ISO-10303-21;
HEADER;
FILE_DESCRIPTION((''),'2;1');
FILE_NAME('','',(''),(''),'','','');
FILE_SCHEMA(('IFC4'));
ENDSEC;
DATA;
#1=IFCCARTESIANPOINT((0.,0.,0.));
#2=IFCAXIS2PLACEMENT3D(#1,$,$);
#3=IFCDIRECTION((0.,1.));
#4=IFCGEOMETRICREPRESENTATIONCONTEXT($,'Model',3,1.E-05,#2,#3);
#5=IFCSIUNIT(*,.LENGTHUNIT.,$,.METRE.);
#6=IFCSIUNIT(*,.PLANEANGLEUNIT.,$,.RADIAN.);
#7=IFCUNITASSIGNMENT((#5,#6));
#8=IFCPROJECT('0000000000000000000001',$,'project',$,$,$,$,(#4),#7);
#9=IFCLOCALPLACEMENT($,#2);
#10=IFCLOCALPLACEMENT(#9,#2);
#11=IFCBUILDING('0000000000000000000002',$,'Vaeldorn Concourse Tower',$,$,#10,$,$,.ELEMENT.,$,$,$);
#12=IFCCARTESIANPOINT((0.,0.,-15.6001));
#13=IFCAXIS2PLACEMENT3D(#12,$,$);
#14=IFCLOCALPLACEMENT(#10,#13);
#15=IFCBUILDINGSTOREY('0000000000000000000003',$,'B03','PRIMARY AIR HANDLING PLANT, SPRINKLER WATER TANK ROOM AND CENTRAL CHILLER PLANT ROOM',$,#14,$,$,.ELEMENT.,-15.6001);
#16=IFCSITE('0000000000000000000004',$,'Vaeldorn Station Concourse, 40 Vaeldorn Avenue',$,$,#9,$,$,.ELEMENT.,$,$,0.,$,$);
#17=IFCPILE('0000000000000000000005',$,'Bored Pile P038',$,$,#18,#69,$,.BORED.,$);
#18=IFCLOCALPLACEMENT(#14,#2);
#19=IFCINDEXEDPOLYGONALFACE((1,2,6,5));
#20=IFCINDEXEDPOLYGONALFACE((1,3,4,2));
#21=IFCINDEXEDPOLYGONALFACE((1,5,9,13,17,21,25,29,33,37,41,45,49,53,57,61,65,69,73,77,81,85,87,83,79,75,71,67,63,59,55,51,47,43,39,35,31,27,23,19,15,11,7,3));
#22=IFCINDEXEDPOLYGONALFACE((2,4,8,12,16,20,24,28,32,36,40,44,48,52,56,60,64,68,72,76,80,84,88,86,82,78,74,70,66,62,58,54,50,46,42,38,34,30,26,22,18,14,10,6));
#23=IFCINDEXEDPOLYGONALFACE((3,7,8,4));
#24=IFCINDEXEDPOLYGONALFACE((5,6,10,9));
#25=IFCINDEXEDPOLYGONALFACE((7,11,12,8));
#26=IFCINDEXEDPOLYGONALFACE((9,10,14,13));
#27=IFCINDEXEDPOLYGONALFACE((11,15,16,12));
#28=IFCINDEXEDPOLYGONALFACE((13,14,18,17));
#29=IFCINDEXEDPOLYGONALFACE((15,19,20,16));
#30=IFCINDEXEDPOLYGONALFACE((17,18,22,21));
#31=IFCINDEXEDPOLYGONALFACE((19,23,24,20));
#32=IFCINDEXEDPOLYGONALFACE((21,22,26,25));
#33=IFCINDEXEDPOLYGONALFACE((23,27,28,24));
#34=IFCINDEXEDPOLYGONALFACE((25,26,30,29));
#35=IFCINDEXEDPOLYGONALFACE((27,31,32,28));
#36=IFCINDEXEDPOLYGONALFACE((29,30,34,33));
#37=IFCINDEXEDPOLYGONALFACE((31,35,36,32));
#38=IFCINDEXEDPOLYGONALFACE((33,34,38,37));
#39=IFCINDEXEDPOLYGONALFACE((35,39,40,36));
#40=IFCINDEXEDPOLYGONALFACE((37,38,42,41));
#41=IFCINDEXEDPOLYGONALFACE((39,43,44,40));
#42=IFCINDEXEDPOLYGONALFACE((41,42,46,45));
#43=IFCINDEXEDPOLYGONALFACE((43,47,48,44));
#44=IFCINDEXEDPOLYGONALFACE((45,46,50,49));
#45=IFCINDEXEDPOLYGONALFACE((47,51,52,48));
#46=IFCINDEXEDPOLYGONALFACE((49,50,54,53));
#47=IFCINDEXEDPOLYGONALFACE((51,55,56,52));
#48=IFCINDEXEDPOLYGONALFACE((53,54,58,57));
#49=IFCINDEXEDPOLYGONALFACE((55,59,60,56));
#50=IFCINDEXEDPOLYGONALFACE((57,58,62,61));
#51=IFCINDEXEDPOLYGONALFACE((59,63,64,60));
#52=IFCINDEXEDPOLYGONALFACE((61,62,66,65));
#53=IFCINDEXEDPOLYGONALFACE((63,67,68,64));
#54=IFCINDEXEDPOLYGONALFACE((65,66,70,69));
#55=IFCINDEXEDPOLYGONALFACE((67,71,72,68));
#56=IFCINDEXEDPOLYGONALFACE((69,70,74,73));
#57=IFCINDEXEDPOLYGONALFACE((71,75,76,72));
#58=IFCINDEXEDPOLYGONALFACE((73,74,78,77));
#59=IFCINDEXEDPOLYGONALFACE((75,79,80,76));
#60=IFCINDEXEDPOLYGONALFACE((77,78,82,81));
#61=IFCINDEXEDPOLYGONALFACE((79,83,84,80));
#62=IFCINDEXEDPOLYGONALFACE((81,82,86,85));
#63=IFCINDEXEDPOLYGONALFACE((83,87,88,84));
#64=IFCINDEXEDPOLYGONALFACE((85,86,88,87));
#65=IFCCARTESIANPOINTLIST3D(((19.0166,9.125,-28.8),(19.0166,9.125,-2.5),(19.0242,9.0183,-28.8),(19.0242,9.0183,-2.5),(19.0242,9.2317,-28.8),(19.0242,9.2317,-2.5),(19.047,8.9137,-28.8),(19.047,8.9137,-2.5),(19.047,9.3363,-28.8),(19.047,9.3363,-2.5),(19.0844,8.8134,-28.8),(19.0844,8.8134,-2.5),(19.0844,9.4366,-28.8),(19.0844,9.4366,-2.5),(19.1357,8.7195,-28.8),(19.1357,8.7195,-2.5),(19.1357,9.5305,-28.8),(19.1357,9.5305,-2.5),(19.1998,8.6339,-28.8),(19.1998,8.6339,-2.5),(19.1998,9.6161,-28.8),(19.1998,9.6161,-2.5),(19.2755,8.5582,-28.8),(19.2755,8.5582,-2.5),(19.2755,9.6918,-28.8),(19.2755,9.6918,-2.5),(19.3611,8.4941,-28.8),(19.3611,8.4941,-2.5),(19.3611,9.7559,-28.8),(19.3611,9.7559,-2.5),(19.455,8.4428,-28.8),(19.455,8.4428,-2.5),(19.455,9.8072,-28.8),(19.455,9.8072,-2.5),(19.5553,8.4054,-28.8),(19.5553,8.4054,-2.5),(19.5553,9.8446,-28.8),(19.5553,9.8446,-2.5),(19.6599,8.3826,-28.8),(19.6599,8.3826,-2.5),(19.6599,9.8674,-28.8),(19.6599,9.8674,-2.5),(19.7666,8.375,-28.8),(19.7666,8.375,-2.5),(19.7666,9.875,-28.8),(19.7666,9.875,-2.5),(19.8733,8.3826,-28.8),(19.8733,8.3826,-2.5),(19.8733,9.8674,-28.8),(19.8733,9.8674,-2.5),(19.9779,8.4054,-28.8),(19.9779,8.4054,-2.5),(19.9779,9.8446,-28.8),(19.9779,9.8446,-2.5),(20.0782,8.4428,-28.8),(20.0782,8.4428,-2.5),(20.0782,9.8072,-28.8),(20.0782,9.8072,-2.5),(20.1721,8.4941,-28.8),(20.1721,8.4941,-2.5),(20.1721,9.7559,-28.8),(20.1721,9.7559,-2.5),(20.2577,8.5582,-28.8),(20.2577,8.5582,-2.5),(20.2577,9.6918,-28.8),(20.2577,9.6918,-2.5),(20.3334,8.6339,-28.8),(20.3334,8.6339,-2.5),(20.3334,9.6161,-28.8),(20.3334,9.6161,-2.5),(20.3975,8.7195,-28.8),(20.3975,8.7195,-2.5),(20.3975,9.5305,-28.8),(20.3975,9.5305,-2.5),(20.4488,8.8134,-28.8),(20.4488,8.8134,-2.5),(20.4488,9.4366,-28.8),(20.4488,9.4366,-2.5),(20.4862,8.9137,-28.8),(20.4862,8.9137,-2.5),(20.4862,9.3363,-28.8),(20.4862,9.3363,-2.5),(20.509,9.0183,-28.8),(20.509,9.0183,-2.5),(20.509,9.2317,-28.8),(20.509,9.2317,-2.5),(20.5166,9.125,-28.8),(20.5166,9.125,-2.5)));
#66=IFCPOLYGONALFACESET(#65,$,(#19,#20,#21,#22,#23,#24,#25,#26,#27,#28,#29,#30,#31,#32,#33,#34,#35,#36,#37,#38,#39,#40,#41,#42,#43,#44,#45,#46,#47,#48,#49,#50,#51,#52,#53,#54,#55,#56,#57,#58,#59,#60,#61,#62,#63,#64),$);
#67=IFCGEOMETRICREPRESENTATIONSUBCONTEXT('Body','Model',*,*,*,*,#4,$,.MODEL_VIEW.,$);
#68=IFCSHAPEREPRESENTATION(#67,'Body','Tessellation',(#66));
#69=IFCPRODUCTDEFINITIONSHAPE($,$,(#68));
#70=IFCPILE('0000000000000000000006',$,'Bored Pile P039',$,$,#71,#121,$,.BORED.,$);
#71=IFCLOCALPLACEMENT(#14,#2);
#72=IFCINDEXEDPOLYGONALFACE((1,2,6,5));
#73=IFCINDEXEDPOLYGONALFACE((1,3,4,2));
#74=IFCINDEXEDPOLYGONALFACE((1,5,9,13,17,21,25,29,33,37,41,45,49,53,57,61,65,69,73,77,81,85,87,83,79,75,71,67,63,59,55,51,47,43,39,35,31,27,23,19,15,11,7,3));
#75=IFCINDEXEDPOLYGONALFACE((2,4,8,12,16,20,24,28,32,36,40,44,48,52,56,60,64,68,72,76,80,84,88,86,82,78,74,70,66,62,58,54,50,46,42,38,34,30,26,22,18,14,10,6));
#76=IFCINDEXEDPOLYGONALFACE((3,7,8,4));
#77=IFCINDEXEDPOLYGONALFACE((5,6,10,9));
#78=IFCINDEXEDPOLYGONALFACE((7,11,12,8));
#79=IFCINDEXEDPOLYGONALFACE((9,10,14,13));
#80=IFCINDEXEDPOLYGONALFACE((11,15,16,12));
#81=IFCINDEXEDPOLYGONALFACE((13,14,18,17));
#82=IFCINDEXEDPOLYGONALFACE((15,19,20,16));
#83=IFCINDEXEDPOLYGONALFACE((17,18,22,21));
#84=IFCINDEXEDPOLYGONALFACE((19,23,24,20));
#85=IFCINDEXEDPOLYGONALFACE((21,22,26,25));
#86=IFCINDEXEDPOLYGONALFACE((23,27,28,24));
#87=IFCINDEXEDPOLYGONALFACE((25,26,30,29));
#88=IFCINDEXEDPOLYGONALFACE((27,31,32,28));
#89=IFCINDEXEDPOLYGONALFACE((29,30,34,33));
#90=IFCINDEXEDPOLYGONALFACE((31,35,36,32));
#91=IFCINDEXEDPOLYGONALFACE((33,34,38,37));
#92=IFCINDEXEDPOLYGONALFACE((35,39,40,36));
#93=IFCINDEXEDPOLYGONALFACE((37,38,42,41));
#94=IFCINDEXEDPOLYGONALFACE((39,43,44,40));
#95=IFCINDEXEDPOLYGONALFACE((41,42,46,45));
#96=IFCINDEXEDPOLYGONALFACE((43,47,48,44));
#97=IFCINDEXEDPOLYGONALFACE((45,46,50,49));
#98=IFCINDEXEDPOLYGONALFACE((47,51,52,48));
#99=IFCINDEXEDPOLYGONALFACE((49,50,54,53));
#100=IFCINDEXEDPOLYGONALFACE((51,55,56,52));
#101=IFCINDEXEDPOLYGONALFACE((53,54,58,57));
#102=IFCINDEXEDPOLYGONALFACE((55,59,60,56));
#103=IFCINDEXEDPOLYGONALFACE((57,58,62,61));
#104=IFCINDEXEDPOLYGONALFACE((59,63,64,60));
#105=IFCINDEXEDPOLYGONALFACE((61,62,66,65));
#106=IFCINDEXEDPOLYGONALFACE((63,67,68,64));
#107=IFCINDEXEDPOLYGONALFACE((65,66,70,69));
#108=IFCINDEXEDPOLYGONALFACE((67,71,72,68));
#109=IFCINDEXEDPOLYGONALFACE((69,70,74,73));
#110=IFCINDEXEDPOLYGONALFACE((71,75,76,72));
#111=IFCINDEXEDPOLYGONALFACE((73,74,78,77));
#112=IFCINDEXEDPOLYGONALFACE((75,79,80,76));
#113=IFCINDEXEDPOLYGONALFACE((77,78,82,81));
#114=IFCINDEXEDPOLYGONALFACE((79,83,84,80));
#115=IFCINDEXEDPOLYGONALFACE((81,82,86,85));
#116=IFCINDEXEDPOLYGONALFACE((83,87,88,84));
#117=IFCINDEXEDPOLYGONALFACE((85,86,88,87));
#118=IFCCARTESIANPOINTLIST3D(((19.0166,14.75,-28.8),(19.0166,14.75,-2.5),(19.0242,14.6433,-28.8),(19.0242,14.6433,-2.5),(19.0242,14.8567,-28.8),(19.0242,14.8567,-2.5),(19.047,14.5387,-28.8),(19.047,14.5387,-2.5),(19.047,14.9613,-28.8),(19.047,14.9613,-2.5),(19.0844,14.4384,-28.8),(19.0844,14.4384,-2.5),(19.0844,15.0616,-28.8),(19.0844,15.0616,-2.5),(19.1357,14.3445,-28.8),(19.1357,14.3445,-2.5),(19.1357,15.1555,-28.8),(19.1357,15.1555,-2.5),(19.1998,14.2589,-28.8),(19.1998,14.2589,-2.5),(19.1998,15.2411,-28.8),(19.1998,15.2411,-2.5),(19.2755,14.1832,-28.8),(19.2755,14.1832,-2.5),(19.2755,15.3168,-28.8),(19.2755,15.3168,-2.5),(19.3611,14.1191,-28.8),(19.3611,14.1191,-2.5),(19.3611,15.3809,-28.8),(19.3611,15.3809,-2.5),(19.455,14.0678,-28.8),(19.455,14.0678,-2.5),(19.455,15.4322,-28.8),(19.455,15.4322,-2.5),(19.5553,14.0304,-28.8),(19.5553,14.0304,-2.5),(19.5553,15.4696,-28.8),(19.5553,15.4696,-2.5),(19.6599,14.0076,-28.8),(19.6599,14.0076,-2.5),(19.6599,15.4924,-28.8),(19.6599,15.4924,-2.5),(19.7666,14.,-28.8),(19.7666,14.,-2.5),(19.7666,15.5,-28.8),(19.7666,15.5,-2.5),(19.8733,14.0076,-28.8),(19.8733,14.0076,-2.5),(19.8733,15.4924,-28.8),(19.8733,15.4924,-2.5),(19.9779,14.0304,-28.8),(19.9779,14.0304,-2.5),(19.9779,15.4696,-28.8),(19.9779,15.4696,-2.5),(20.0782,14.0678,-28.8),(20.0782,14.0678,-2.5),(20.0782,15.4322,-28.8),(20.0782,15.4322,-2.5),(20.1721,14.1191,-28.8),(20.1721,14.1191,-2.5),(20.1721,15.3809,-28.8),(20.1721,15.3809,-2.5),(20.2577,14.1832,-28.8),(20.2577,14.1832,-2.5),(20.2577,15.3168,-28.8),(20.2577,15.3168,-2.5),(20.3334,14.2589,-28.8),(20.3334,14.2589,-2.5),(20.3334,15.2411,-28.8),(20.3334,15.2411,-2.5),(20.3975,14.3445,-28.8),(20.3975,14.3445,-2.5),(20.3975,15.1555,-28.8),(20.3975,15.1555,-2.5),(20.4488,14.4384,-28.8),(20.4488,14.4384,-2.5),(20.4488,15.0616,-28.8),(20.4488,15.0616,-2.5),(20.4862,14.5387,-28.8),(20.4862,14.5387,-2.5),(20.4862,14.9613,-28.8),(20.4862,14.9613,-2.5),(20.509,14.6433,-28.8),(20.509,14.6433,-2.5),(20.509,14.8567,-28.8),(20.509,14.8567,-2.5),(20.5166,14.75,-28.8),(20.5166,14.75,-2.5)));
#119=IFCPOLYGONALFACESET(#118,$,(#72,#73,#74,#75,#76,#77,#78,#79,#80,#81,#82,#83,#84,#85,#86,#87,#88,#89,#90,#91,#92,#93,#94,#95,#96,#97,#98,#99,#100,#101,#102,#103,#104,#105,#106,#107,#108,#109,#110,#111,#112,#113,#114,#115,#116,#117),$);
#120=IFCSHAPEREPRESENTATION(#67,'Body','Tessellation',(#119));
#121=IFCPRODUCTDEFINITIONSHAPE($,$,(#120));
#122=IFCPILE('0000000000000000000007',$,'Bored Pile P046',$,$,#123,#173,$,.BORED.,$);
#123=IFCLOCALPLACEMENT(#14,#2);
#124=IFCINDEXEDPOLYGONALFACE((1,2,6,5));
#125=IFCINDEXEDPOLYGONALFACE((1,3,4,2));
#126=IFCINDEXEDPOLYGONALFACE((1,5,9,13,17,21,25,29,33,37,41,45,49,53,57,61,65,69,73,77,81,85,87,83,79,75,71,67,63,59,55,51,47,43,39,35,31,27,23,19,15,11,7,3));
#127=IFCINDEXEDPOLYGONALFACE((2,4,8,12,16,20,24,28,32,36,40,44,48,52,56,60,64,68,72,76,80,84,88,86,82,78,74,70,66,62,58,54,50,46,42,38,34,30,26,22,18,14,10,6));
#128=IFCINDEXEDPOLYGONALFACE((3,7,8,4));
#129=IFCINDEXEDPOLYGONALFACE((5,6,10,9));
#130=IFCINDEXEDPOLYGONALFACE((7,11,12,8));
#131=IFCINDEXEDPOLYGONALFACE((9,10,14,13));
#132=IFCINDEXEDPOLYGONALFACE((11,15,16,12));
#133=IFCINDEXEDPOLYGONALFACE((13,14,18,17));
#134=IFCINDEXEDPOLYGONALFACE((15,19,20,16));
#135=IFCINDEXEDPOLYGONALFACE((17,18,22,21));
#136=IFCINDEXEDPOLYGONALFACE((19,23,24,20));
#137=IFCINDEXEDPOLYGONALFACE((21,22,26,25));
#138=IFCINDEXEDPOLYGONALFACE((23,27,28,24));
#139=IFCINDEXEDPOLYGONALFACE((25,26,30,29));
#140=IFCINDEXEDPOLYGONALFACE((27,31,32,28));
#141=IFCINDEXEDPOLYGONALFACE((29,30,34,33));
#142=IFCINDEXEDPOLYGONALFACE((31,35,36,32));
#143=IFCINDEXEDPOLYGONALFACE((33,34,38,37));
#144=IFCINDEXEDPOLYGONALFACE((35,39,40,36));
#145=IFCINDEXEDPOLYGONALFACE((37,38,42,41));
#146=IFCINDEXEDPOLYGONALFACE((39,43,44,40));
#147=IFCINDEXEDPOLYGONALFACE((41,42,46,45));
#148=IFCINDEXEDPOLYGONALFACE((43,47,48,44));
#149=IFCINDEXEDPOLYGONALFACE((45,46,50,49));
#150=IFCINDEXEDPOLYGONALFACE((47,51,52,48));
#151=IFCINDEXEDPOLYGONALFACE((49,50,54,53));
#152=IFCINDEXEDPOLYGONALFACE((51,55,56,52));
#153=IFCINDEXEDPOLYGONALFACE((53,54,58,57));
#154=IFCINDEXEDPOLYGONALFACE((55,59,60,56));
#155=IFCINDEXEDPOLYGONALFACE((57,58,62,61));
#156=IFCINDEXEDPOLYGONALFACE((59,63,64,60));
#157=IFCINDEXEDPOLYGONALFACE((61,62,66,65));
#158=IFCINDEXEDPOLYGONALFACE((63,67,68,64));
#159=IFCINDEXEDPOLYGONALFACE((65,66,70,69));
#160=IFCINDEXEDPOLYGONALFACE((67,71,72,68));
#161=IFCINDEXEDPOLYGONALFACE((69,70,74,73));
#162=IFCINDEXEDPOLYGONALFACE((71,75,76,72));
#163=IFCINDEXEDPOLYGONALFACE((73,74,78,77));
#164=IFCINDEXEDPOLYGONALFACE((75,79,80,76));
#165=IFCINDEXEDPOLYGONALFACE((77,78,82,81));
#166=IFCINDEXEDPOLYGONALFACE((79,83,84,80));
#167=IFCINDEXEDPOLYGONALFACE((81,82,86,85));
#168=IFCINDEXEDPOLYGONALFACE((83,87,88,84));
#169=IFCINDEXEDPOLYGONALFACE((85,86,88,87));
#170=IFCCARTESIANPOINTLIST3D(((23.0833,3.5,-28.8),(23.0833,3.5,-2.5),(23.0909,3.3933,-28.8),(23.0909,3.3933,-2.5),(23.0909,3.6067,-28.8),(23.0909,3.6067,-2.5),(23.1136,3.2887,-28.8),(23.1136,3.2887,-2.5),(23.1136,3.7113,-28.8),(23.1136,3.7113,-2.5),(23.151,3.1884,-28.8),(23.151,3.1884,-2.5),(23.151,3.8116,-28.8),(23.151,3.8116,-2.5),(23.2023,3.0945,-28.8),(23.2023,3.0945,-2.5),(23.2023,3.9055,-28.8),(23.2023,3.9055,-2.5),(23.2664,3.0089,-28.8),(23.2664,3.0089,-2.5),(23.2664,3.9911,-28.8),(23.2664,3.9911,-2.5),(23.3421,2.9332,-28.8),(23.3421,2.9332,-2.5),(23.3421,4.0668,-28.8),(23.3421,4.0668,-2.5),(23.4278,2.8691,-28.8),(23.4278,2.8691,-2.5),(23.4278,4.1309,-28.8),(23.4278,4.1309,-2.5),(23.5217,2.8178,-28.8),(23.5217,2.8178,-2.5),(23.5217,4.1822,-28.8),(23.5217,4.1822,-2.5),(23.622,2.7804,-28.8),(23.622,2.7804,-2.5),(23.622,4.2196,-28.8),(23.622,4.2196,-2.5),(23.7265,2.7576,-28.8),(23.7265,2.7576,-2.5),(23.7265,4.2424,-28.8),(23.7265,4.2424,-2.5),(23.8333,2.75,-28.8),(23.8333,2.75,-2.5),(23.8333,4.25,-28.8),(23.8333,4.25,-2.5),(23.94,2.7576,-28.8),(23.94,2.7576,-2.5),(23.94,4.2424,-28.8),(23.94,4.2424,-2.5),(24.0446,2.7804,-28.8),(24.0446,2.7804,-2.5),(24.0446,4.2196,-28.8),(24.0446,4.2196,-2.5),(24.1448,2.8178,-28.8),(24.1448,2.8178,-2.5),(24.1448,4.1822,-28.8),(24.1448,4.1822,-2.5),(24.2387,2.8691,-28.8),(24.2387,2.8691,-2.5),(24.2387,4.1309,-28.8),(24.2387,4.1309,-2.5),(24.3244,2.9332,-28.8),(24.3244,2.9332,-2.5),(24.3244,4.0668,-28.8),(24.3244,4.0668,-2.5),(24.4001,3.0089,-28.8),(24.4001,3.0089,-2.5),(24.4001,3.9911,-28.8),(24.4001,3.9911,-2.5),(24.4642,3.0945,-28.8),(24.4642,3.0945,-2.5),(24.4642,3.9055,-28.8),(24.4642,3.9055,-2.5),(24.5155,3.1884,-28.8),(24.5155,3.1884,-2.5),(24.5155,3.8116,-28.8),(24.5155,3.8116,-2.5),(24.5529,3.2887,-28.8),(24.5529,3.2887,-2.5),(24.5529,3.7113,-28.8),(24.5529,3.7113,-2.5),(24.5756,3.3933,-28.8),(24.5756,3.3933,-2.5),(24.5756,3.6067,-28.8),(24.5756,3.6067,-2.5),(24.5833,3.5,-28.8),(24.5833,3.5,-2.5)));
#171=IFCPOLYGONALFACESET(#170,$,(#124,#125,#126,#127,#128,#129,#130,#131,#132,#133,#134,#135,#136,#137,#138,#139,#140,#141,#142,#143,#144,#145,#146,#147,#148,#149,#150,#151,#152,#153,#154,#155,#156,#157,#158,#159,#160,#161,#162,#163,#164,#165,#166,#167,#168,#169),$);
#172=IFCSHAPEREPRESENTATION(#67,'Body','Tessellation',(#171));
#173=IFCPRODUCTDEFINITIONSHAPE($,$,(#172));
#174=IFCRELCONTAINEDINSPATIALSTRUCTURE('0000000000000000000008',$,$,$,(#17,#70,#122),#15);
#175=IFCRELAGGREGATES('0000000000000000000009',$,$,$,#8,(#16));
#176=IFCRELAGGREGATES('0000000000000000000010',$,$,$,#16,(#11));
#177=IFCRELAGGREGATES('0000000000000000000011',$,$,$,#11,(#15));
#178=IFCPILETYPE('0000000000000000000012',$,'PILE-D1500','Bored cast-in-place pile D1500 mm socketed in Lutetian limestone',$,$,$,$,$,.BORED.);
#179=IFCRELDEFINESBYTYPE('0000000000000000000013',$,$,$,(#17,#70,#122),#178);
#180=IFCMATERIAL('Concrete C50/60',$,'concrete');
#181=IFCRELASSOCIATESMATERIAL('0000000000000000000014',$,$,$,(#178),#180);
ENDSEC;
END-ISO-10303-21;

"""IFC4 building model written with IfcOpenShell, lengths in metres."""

from ifc_helpers import new_model, si_unit, direction, frame, origin, origin_2d, place, context, subcontext, project, spatial, circle, extrude, material, material_profile, profile_set, type_object, element, save


model = new_model("IFC4")

# Units and contexts
model_context = context("Model", 3, precision=1e-05, world=origin(), true_north=direction((0.0, 1.0)))
body_context = subcontext(model_context, "Body", "Model", "MODEL_VIEW")
ifc_project = project(units=[si_unit("LENGTHUNIT", "METRE"), si_unit("PLANEANGLEUNIT", "RADIAN")], contexts=[model_context])

# Site, building, storey
site_placement = place(None, origin())
site = spatial("IfcSite", under=ifc_project, at=site_placement, Name="Vaeldorn Station Concourse, 40 Vaeldorn Avenue", CompositionType="ELEMENT", RefElevation=0.0)
building_placement = place(site_placement, origin())
building = spatial("IfcBuilding", under=site, at=building_placement, Name="Vaeldorn Concourse Tower", CompositionType="ELEMENT")
storey_placement = place(building_placement, frame((0.0, 0.0, -15.6001)))
storey = spatial("IfcBuildingStorey", under=building, at=storey_placement, Name="B03", Description="PRIMARY AIR HANDLING PLANT, SPRINKLER WATER TANK ROOM AND CENTRAL CHILLER PLANT ROOM", CompositionType="ELEMENT", Elevation=-15.6001)

# Piles
ifc_material_1 = material(Name="Concrete C50/60", Category="concrete")
ifc_material_profile_1 = material_profile(ifc_material_1, circle(Radius=0.75, at=origin_2d()), Name="BORED PILE D1500")
ifc_profile_set_1 = profile_set([ifc_material_profile_1], Name="Concrete C50/60")
pile_type = type_object("IfcPileType", Name="PILE-D1500", Description="Bored cast-in-place pile D1500 mm socketed in Lutetian limestone", PredefinedType="BORED", material=ifc_profile_set_1)
for number, where, z_axis, x_axis, name in (
    (1, (19.7666, 9.125, -2.5), (0.0, 0.0, -1.0), (1.0, 0.0, 0.0), "Bored Pile P038"),
    (2, (19.7666, 14.75, -2.5), (0.0, 0.0, -1.0), (1.0, 0.0, 0.0), "Bored Pile P039"),
    (3, (23.8333, 3.5, -2.5), (0.0, 0.0, -1.0), (1.0, 0.0, 0.0), "Bored Pile P046"),
):
    element("IfcPile", number, at=place(storey_placement, frame(where, z_axis=z_axis, x_axis=x_axis)), inside=storey, type_object=pile_type, Name=name, PredefinedType="BORED", context=body_context, shape_type="SweptSolid", body=[
        extrude(circle(Radius=0.75, at=origin_2d()), origin(), (0.0, 0.0, 1.0), 26.3),
    ])

save(model, "model.ifc")
